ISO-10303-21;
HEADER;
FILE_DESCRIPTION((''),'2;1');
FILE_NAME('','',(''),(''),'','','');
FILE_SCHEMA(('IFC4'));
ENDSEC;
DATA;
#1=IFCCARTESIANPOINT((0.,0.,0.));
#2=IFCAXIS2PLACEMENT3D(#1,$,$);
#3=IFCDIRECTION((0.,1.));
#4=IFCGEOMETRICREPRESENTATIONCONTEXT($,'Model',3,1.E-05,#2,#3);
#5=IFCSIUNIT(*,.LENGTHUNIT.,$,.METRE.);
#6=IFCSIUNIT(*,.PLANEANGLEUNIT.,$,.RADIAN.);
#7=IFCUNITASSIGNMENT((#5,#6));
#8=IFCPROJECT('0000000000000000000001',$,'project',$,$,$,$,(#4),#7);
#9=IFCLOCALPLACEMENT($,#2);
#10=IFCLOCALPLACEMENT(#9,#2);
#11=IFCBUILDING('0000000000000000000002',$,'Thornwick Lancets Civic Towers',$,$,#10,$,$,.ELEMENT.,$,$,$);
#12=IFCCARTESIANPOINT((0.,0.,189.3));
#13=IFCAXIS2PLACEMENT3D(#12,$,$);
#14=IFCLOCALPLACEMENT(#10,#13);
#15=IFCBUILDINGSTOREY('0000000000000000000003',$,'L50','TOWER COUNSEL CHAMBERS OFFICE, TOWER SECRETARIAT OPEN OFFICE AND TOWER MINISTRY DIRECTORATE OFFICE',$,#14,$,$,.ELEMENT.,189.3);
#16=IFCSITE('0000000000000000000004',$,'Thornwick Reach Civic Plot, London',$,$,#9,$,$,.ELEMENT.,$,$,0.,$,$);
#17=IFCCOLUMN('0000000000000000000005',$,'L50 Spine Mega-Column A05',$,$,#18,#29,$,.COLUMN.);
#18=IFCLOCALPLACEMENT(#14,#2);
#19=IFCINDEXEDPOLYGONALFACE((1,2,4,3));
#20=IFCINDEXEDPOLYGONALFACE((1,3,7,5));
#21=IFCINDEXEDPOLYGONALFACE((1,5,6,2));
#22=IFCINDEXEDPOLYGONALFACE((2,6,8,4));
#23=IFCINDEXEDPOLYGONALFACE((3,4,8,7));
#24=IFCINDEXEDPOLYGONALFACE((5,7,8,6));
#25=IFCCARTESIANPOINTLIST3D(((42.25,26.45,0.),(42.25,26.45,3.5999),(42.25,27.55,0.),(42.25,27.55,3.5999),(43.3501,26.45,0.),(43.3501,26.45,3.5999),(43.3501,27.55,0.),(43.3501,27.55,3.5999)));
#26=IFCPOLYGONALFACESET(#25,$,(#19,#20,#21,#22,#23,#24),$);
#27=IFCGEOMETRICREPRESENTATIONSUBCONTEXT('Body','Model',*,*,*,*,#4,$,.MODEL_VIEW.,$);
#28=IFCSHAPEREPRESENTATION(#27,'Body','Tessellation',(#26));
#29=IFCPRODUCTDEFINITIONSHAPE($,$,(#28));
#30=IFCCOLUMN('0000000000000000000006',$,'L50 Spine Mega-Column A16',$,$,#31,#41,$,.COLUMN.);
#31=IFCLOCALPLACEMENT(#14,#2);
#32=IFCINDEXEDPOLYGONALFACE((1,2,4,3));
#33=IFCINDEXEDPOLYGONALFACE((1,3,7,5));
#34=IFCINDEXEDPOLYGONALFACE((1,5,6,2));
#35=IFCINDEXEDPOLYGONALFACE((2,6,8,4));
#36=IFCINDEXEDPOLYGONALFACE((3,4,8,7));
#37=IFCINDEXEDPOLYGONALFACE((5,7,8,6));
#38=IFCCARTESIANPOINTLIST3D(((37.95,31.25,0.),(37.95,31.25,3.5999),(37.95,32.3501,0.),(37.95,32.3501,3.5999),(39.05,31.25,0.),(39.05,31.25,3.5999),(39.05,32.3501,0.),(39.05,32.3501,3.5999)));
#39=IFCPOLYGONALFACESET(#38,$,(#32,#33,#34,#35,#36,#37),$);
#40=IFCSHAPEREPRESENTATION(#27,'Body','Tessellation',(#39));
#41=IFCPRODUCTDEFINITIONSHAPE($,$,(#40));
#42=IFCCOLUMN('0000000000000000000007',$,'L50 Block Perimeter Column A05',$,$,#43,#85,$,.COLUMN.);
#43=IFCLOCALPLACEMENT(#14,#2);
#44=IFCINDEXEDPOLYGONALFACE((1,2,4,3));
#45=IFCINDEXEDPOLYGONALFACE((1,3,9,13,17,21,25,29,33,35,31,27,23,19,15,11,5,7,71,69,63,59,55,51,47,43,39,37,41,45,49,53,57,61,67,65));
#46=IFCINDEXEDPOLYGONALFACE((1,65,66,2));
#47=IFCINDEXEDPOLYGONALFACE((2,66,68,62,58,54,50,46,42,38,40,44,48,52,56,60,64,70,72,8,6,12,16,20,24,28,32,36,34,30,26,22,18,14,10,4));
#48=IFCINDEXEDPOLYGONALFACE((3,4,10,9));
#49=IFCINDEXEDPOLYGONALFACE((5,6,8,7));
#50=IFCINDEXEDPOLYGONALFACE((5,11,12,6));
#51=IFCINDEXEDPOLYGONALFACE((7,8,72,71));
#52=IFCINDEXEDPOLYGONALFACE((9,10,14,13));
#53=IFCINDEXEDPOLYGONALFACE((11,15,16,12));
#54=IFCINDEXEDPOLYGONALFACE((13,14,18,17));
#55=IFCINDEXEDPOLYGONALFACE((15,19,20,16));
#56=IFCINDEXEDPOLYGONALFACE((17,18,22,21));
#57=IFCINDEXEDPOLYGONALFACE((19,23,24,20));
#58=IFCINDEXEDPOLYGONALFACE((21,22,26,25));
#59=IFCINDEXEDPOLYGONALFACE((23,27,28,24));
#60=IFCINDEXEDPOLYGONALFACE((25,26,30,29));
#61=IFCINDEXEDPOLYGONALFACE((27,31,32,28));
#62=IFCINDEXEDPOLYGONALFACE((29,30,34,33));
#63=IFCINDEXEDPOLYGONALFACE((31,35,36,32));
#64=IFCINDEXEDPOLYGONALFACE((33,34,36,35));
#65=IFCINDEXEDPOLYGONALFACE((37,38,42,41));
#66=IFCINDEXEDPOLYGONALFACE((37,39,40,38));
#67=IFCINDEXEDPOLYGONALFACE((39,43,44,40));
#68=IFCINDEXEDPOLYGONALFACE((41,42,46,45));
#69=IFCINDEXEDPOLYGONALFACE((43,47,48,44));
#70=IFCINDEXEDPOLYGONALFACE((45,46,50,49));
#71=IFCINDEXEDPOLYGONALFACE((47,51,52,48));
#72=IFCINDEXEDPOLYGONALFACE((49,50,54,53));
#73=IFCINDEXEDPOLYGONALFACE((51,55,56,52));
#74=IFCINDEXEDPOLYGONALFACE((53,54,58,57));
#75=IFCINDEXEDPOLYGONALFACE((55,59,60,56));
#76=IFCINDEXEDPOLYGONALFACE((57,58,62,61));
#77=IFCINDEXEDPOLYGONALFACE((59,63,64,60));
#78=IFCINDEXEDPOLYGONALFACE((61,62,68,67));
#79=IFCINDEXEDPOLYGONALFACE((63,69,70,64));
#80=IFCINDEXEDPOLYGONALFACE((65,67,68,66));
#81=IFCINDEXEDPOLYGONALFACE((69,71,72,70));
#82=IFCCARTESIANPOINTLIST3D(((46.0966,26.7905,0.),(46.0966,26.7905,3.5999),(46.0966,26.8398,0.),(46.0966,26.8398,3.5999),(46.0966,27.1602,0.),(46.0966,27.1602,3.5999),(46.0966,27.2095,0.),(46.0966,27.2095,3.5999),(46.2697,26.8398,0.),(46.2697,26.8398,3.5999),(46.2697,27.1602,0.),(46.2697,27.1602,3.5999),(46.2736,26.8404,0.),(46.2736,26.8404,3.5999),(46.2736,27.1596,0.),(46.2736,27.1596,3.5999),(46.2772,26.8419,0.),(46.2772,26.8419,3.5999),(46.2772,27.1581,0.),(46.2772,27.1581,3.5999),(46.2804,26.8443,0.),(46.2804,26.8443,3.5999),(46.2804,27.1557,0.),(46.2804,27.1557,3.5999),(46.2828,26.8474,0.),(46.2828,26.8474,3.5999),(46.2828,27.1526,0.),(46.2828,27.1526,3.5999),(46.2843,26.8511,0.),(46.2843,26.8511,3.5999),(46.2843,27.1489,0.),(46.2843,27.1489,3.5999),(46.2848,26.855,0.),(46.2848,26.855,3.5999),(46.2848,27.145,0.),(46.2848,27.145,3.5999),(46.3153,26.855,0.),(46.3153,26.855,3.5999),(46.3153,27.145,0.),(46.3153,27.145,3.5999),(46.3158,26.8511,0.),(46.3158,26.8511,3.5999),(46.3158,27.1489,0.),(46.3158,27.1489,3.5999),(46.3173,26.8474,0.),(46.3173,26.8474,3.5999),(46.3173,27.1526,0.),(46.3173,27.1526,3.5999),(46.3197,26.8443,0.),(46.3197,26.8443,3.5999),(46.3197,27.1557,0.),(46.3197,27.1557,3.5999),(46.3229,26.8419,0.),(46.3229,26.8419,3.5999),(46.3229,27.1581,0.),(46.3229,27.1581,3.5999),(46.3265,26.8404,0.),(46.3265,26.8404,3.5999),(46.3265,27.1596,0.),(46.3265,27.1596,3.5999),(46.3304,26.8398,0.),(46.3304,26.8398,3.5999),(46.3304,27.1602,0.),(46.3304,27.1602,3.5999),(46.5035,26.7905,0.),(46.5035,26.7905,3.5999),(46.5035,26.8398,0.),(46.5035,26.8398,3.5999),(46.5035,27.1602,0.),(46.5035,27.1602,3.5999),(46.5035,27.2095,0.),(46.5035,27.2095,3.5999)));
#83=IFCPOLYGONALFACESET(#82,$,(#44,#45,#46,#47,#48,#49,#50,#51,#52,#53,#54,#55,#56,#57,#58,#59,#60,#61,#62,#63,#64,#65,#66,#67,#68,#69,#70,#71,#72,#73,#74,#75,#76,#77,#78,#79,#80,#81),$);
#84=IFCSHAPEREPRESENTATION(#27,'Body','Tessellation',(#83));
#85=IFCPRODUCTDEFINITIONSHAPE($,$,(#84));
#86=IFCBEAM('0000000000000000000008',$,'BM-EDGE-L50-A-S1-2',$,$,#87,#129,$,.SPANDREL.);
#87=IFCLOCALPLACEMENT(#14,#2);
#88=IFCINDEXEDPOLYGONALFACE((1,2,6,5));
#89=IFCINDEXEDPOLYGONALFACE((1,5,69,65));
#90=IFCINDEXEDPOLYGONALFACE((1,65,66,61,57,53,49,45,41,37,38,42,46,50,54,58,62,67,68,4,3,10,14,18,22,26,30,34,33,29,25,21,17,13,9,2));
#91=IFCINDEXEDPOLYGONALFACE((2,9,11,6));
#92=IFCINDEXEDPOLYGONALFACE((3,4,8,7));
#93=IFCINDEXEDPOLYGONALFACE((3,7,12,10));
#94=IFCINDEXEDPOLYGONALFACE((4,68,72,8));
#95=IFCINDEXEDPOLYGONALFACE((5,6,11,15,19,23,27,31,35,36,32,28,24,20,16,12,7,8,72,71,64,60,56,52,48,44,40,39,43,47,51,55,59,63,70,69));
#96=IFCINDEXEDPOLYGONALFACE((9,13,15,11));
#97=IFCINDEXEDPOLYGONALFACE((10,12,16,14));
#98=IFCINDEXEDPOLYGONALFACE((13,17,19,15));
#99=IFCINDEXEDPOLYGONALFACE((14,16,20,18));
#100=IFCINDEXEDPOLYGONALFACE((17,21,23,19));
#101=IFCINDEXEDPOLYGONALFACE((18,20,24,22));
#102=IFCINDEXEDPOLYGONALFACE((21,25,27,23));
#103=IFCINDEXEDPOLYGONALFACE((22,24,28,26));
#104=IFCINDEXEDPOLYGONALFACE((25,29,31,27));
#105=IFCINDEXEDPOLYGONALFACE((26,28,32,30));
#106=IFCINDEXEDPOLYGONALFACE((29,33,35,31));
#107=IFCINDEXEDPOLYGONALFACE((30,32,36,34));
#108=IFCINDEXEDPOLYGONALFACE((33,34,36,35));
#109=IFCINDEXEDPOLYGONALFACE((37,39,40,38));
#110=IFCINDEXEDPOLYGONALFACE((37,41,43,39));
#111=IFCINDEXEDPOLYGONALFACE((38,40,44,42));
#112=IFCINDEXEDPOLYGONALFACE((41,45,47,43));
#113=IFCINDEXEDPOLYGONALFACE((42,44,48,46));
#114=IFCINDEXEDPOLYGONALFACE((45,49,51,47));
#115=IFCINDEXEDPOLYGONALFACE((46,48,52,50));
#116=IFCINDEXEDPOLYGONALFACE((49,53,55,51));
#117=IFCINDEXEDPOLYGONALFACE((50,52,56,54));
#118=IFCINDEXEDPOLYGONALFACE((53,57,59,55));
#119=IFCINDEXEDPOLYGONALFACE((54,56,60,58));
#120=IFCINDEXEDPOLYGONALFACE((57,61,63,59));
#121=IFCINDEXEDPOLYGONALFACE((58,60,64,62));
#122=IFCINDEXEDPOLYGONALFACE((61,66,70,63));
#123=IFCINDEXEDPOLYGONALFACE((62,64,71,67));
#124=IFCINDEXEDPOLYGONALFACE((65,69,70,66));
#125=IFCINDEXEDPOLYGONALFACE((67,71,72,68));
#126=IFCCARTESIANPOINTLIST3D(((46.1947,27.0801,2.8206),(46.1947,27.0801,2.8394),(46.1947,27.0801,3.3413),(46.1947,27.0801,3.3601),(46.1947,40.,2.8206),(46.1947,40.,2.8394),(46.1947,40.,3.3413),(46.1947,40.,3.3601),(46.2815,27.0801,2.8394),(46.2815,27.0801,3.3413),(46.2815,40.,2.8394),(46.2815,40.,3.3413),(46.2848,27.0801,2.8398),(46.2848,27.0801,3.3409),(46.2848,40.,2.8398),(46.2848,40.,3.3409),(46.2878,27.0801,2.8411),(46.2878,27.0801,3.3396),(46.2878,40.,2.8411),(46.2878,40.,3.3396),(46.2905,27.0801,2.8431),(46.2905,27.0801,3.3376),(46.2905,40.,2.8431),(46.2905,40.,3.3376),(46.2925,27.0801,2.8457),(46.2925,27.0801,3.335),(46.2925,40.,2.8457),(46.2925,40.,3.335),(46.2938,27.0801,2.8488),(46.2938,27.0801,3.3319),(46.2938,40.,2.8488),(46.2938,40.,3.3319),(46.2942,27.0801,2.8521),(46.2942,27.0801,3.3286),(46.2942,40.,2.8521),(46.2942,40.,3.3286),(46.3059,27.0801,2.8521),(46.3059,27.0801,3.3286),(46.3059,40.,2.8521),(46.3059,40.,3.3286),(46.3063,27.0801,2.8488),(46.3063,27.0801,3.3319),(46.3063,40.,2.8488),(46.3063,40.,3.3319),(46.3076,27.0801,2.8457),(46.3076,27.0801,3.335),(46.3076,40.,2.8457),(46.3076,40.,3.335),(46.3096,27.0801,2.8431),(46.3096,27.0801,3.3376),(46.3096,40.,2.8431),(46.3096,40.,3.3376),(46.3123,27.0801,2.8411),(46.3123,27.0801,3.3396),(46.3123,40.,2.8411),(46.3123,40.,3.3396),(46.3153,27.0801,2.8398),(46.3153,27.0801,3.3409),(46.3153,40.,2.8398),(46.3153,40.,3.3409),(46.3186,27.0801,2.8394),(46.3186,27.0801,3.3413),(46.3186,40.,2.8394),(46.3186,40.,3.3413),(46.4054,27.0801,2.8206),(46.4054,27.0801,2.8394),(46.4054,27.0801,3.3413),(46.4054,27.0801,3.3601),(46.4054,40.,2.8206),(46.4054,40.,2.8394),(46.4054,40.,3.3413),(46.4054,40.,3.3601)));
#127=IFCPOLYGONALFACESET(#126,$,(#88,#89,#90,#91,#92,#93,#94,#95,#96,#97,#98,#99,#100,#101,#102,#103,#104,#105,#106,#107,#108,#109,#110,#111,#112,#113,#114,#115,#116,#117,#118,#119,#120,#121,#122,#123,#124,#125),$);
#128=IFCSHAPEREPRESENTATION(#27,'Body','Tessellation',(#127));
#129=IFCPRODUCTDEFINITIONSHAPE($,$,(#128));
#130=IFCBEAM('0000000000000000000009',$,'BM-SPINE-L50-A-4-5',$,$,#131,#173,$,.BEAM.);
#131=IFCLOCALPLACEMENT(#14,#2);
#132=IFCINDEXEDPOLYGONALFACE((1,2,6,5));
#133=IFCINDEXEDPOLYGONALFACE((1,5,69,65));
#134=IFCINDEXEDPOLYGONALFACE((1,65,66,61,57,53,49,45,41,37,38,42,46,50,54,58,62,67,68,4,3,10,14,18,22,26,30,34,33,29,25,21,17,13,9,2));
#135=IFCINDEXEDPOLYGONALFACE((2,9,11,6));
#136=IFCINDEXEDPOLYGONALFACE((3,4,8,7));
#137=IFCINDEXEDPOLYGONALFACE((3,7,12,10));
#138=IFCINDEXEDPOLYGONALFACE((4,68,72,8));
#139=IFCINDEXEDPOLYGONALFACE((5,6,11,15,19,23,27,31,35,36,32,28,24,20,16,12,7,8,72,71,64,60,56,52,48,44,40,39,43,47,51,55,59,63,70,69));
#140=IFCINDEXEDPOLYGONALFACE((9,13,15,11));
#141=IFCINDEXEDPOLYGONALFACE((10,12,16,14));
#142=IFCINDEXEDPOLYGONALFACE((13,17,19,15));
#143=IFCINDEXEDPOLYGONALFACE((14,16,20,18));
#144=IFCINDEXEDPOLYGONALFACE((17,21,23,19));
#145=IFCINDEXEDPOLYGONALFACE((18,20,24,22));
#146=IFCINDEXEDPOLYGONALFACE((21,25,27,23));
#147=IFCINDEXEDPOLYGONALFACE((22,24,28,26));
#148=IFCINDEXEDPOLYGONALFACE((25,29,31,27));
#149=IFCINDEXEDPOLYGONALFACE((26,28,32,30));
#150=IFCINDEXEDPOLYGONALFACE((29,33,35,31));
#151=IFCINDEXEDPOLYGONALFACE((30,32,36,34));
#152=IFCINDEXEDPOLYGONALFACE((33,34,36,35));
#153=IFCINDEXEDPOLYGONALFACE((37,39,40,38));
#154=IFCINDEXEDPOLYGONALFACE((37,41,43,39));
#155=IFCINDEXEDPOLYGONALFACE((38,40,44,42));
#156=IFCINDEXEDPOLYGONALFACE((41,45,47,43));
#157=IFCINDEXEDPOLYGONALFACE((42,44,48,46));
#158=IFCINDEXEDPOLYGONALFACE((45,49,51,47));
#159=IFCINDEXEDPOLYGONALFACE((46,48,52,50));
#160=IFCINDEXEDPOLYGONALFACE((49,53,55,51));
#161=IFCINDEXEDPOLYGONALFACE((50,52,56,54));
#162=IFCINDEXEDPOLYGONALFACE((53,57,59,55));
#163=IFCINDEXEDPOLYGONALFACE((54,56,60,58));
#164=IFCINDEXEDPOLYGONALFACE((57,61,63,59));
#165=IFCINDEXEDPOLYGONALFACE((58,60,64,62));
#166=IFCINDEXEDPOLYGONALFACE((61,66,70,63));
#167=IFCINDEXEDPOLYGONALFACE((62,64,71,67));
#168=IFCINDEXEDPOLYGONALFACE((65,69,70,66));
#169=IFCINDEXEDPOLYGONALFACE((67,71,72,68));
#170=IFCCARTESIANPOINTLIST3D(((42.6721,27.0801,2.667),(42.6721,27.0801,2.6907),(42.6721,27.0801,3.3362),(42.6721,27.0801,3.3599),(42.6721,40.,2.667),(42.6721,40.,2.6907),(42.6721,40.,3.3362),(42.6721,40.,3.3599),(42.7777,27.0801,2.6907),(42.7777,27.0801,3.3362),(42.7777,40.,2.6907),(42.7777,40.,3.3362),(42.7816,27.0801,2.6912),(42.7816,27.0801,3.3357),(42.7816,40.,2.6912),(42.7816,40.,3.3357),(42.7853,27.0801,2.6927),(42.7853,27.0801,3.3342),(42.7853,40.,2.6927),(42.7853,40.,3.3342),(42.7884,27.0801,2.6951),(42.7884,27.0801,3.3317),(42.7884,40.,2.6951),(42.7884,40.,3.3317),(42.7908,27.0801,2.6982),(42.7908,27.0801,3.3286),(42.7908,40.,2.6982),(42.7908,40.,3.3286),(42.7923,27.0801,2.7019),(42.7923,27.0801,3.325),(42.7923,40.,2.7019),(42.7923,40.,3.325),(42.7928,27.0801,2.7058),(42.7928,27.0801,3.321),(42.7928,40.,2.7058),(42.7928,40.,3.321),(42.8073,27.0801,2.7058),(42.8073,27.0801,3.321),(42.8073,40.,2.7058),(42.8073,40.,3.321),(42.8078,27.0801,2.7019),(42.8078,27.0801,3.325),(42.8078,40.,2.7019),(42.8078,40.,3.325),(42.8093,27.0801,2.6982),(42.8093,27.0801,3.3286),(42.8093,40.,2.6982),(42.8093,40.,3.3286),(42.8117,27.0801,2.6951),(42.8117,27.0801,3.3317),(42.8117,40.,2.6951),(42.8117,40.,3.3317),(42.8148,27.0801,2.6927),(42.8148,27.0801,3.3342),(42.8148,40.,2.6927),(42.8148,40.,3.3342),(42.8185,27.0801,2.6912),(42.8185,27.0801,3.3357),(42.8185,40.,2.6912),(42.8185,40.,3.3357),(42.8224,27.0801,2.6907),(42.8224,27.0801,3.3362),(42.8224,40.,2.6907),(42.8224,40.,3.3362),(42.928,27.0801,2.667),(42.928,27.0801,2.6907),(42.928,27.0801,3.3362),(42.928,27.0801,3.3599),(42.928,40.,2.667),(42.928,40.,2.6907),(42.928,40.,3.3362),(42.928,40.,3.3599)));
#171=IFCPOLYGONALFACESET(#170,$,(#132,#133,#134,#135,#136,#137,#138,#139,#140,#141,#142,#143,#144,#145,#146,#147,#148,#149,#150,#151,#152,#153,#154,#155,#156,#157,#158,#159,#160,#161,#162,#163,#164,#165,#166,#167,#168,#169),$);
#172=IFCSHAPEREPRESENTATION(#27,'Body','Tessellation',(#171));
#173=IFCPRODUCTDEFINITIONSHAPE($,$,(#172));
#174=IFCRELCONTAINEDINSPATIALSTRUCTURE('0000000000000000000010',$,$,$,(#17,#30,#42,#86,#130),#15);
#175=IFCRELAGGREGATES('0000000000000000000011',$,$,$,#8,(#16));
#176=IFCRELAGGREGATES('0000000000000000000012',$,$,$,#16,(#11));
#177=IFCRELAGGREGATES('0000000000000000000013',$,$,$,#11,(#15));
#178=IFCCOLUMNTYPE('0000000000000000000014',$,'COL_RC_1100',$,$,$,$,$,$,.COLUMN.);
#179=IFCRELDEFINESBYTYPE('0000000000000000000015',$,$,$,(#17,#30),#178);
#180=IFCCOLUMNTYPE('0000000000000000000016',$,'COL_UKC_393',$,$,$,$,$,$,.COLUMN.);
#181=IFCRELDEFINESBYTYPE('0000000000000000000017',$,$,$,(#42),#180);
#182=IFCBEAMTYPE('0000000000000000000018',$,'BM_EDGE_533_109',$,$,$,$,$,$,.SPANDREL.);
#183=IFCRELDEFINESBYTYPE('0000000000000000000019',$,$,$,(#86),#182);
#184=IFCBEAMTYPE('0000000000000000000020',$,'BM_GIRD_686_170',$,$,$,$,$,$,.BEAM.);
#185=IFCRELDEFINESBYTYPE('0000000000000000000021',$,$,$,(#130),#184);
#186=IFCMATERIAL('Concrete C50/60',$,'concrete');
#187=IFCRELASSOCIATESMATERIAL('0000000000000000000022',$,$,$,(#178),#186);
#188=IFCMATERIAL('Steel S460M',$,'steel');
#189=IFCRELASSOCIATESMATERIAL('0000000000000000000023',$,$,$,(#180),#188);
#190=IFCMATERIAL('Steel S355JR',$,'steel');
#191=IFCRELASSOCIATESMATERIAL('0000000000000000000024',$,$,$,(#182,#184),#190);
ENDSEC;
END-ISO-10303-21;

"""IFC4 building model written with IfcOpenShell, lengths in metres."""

from ifc_helpers import new_model, si_unit, direction, frame, origin, origin_2d, place, context, subcontext, project, spatial, rectangle, i_section, extrude, material, material_profile, profile_set, type_object, element, save


model = new_model("IFC4")

# Units and contexts
model_context = context("Model", 3, precision=1e-05, world=origin(), true_north=direction((0.0, 1.0)))
body_context = subcontext(model_context, "Body", "Model", "MODEL_VIEW")
ifc_project = project(units=[si_unit("LENGTHUNIT", "METRE"), si_unit("PLANEANGLEUNIT", "RADIAN")], contexts=[model_context])

# Site, building, storey
site_placement = place(None, origin())
site = spatial("IfcSite", under=ifc_project, at=site_placement, Name="Thornwick Reach Civic Plot, London", CompositionType="ELEMENT", RefElevation=0.0)
building_placement = place(site_placement, origin())
building = spatial("IfcBuilding", under=site, at=building_placement, Name="Thornwick Lancets Civic Towers", CompositionType="ELEMENT")
storey_placement = place(building_placement, frame((0.0, 0.0, 189.3)))
storey = spatial("IfcBuildingStorey", under=building, at=storey_placement, Name="L50", Description="TOWER COUNSEL CHAMBERS OFFICE, TOWER SECRETARIAT OPEN OFFICE AND TOWER MINISTRY DIRECTORATE OFFICE", CompositionType="ELEMENT", Elevation=189.3)

# Columns
ifc_material_1 = material(Name="Concrete C50/60", Category="concrete")
ifc_material_profile_1 = material_profile(ifc_material_1, rectangle(XDim=1.1001, YDim=1.1001, at=origin_2d()), Name="RC 1100x1100")
ifc_profile_set_1 = profile_set([ifc_material_profile_1], Name="Concrete C50/60")
column_type_1 = type_object("IfcColumnType", Name="COL_RC_1100", PredefinedType="COLUMN", material=ifc_profile_set_1)
for number, where, z_axis, x_axis, name in (
    (1, (42.8, 27.0, 0.0), (0.0, 0.0, 1.0), (1.0, 0.0, 0.0), "L50 Spine Mega-Column A05"),
    (2, (38.5, 31.8, 0.0), (0.0, 0.0, 1.0), (1.0, 0.0, 0.0), "L50 Spine Mega-Column A16"),
):
    element("IfcColumn", number, at=place(storey_placement, frame(where, z_axis=z_axis, x_axis=x_axis)), inside=storey, type_object=column_type_1, Name=name, PredefinedType="COLUMN", context=body_context, shape_type="SweptSolid", body=[
        extrude(rectangle(XDim=1.1001, YDim=1.1001, at=origin_2d()), origin(), (0.0, 0.0, 1.0), 3.5999),
    ])
ifc_material_2 = material(Name="Steel S460M", Category="steel")
ifc_material_profile_2 = material_profile(ifc_material_2, i_section(OverallWidth=0.407, OverallDepth=0.4189, WebThickness=0.0305, FlangeThickness=0.0493, FilletRadius=0.0151, at=origin_2d()), Name="UKC 356x406x393")
ifc_profile_set_2 = profile_set([ifc_material_profile_2], Name="Steel S460M")
column_type_2 = type_object("IfcColumnType", Name="COL_UKC_393", PredefinedType="COLUMN", material=ifc_profile_set_2)
column_placement = place(storey_placement, frame((46.3, 27.0, 0.0), z_axis=(0.0, 0.0, 1.0), x_axis=(1.0, 0.0, 0.0)))
element("IfcColumn", 3, at=column_placement, inside=storey, type_object=column_type_2, Name="L50 Block Perimeter Column A05", PredefinedType="COLUMN", context=body_context, shape_type="SweptSolid", body=[
    extrude(i_section(OverallWidth=0.407, OverallDepth=0.4189, WebThickness=0.0305, FlangeThickness=0.0493, FilletRadius=0.0151, at=origin_2d()), origin(), (0.0, 0.0, 1.0), 3.5999),
])

# Beams
ifc_material_3 = material(Name="Steel S355JR", Category="steel")
ifc_material_profile_3 = material_profile(ifc_material_3, i_section(OverallWidth=0.2107, OverallDepth=0.5396, WebThickness=0.0117, FlangeThickness=0.0188, FilletRadius=0.0127, at=origin_2d()), Name="UKB 533x210x109")
ifc_profile_set_3 = profile_set([ifc_material_profile_3], Name="Steel S355JR")
beam_type_1 = type_object("IfcBeamType", Name="BM_EDGE_533_109", PredefinedType="SPANDREL", material=ifc_profile_set_3)
beam_1_placement = place(storey_placement, frame((46.3, 27.0801, 3.0903), z_axis=(0.0, 1.0, 0.0), x_axis=(-1.0, 0.0, 0.0)))
element("IfcBeam", 4, at=beam_1_placement, inside=storey, type_object=beam_type_1, Name="BM-EDGE-L50-A-S1-2", PredefinedType="SPANDREL", context=body_context, shape_type="SweptSolid", body=[
    extrude(i_section(OverallWidth=0.2107, OverallDepth=0.5396, WebThickness=0.0117, FlangeThickness=0.0188, FilletRadius=0.0127, at=origin_2d()), origin(), (0.0, 0.0, 1.0), 12.9199),
])
ifc_material_profile_4 = material_profile(ifc_material_3, i_section(OverallWidth=0.2559, OverallDepth=0.6929, WebThickness=0.0144, FlangeThickness=0.0237, FilletRadius=0.0151, at=origin_2d()), Name="UKB 686x254x170")
ifc_profile_set_4 = profile_set([ifc_material_profile_4], Name="Steel S355JR")
beam_type_2 = type_object("IfcBeamType", Name="BM_GIRD_686_170", PredefinedType="BEAM", material=ifc_profile_set_4)
beam_2_placement = place(storey_placement, frame((42.8, 27.0801, 3.0134), z_axis=(0.0, 1.0, 0.0), x_axis=(-1.0, 0.0, 0.0)))
element("IfcBeam", 5, at=beam_2_placement, inside=storey, type_object=beam_type_2, Name="BM-SPINE-L50-A-4-5", PredefinedType="BEAM", context=body_context, shape_type="SweptSolid", body=[
    extrude(i_section(OverallWidth=0.2559, OverallDepth=0.6929, WebThickness=0.0144, FlangeThickness=0.0237, FilletRadius=0.0151, at=origin_2d()), origin(), (0.0, 0.0, 1.0), 12.9199),
])

save(model, "model.ifc")
